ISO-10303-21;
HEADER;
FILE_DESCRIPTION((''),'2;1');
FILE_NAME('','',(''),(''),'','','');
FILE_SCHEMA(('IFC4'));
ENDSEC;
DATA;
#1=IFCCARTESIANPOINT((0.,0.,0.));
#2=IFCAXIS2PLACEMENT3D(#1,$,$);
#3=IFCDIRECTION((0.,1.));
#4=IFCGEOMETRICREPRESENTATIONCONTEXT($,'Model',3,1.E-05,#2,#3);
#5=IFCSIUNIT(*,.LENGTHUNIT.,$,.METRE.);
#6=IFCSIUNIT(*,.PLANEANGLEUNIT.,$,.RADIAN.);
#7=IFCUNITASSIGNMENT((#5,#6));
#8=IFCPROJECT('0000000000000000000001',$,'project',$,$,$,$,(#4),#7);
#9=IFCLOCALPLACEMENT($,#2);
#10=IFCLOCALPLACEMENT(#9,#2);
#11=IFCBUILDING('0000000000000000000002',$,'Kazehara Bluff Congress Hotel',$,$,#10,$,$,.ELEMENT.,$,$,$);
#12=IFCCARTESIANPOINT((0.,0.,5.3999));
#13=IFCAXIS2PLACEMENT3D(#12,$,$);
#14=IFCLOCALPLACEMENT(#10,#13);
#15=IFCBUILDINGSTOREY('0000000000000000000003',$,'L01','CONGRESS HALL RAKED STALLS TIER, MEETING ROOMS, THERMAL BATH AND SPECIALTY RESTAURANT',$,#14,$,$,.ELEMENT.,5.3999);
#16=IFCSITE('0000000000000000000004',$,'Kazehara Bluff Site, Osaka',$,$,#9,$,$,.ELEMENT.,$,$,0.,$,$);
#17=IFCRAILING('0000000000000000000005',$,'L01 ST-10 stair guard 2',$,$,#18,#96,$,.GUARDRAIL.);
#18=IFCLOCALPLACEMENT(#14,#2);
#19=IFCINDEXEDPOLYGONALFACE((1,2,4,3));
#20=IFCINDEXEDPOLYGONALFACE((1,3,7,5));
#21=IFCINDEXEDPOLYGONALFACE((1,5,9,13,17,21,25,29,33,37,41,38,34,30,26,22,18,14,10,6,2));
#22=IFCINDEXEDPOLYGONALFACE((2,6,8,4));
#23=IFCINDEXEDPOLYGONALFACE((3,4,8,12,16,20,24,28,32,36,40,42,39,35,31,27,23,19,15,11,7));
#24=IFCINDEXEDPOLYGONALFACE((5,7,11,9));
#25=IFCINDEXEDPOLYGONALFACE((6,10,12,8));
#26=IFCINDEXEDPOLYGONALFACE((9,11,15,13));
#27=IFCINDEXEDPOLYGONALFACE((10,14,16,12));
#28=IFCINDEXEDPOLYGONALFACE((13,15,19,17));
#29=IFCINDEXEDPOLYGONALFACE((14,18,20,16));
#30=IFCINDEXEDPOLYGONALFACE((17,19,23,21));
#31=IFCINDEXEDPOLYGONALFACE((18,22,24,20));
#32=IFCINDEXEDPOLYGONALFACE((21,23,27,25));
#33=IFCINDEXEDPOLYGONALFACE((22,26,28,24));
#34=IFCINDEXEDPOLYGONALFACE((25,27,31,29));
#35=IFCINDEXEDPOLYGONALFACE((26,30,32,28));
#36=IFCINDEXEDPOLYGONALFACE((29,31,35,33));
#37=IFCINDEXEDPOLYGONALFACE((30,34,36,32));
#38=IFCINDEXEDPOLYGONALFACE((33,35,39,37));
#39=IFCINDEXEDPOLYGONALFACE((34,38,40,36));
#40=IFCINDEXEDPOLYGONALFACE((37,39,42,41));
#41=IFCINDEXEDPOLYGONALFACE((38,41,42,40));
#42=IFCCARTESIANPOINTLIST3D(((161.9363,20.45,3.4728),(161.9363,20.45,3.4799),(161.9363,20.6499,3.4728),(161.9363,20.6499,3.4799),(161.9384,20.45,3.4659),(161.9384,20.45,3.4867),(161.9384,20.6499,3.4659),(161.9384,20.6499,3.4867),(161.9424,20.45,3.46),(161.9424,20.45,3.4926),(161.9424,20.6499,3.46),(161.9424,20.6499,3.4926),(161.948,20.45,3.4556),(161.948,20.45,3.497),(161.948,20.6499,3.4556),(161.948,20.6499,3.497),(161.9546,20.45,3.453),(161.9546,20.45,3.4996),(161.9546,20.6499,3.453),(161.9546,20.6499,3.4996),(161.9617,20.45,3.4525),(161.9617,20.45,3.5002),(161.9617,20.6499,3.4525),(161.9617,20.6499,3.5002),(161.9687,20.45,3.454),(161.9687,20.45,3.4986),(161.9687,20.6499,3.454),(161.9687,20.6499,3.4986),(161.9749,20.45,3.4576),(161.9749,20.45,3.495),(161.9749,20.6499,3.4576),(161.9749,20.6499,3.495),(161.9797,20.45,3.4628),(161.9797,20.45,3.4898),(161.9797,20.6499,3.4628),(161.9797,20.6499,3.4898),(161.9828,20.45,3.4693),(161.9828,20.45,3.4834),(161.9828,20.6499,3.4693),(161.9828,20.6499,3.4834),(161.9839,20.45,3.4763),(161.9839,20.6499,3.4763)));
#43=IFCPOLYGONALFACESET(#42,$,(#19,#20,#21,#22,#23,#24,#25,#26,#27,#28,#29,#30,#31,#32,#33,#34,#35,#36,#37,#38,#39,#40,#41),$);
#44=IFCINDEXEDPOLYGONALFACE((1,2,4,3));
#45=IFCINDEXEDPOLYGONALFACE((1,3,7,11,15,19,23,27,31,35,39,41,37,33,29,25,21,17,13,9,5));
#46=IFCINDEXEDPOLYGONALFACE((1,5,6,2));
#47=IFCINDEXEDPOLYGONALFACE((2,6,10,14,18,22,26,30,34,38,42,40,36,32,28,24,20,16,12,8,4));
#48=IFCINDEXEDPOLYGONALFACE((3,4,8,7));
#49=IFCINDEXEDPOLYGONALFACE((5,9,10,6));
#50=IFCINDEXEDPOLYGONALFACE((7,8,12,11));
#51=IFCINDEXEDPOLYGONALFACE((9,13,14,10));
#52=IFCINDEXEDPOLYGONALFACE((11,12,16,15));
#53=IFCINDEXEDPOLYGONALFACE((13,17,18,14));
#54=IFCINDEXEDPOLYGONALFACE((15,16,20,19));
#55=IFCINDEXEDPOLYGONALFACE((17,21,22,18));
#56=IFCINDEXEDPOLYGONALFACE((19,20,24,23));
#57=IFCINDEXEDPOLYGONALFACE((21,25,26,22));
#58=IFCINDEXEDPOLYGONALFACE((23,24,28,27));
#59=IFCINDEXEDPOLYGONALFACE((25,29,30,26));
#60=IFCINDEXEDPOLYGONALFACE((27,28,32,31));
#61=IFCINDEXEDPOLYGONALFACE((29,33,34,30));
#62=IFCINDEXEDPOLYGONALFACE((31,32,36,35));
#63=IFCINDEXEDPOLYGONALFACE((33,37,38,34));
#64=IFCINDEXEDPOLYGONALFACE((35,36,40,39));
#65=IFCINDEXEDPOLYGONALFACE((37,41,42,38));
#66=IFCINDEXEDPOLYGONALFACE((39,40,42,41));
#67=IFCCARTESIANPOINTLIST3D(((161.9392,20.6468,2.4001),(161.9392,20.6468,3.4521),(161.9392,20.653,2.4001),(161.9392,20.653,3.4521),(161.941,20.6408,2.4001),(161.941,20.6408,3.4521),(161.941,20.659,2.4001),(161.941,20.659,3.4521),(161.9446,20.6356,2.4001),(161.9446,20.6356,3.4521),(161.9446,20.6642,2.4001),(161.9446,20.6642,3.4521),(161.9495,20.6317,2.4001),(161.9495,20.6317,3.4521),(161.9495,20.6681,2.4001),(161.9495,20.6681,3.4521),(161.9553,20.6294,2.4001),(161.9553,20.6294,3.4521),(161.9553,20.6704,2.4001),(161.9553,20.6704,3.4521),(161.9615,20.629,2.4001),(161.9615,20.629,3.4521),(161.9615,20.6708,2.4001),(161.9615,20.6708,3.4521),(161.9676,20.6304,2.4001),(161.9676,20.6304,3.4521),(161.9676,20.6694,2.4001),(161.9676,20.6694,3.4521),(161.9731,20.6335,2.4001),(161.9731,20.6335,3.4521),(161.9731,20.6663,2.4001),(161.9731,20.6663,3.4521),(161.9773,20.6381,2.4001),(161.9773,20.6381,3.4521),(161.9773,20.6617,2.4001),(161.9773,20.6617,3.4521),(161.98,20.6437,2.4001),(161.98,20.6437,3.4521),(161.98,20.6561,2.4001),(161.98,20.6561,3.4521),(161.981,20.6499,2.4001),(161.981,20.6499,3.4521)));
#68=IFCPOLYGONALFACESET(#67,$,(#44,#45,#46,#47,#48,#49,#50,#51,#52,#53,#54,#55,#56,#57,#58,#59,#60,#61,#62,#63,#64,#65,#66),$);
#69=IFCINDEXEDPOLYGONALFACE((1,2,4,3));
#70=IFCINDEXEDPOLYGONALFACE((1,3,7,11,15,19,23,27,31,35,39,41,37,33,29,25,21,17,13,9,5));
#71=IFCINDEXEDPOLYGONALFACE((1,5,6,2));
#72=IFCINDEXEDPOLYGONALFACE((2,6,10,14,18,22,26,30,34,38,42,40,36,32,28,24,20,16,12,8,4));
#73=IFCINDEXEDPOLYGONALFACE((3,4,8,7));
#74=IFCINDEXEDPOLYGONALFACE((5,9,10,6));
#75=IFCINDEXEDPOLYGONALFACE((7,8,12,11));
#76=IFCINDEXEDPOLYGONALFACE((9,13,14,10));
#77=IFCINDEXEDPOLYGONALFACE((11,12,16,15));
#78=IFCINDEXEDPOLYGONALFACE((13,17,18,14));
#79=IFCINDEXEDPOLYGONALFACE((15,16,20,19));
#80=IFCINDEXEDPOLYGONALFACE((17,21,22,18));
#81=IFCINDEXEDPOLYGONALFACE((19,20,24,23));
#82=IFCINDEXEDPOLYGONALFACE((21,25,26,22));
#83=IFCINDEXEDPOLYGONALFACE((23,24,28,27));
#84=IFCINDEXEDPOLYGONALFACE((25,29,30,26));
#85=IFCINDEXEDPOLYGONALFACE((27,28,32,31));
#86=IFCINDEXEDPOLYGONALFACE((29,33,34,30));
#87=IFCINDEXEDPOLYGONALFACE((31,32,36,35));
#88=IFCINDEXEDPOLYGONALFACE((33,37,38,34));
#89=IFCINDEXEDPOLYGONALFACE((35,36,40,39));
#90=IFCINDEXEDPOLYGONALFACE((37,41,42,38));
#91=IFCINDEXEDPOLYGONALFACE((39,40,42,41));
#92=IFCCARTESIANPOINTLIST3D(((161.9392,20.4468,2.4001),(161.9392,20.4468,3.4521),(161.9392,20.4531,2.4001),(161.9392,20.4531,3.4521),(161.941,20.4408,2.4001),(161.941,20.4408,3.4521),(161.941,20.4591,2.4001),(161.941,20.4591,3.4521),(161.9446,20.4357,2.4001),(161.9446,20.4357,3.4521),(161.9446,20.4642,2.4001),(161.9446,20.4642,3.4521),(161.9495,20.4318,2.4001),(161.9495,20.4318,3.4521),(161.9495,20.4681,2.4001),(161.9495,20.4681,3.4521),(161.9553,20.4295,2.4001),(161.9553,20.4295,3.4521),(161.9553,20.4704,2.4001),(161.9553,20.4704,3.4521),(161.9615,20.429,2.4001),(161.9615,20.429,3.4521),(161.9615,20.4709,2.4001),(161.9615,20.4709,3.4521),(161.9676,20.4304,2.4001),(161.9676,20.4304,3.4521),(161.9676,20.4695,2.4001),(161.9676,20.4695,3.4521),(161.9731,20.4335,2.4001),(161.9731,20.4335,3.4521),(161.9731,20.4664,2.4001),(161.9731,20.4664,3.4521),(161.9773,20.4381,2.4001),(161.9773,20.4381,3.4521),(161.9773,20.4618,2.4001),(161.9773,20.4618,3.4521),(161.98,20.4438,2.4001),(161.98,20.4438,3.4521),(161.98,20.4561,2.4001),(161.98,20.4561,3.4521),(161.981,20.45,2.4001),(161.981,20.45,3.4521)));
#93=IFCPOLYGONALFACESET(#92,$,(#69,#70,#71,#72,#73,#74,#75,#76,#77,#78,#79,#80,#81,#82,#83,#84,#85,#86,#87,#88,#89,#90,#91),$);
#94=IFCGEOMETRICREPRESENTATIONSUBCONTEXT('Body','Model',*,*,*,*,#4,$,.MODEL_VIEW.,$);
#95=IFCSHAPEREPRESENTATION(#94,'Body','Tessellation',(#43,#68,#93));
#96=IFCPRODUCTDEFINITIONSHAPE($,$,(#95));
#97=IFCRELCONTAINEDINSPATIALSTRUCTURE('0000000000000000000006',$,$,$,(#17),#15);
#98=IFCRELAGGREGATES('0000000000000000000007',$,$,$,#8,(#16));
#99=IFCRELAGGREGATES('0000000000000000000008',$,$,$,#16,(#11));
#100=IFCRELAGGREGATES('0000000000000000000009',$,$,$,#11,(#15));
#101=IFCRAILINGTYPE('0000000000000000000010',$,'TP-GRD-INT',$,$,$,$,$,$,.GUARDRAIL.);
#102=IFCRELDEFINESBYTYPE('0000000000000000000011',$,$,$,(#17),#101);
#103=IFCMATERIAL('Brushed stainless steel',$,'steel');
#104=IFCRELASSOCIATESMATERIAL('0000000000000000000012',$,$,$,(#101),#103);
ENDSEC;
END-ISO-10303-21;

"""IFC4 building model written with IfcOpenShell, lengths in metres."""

from ifc_helpers import new_model, si_unit, direction, frame, origin, origin_2d, place, context, subcontext, project, spatial, circle, extrude, material, type_object, element, save


model = new_model("IFC4")

# Units and contexts
model_context = context("Model", 3, precision=1e-05, world=origin(), true_north=direction((0.0, 1.0)))
body_context = subcontext(model_context, "Body", "Model", "MODEL_VIEW")
ifc_project = project(units=[si_unit("LENGTHUNIT", "METRE"), si_unit("PLANEANGLEUNIT", "RADIAN")], contexts=[model_context])

# Site, building, storey
site_placement = place(None, origin())
site = spatial("IfcSite", under=ifc_project, at=site_placement, Name="Kazehara Bluff Site, Osaka", CompositionType="ELEMENT", RefElevation=0.0)
building_placement = place(site_placement, origin())
building = spatial("IfcBuilding", under=site, at=building_placement, Name="Kazehara Bluff Congress Hotel", CompositionType="ELEMENT")
storey_placement = place(building_placement, frame((0.0, 0.0, 5.3999)))
storey = spatial("IfcBuildingStorey", under=building, at=storey_placement, Name="L01", Description="CONGRESS HALL RAKED STALLS TIER, MEETING ROOMS, THERMAL BATH AND SPECIALTY RESTAURANT", CompositionType="ELEMENT", Elevation=5.3999)

# Railing
ifc_material_1 = material(Name="Brushed stainless steel", Category="steel")
railing_type_1 = type_object("IfcRailingType", Name="TP-GRD-INT", PredefinedType="GUARDRAIL", material=ifc_material_1)
railing_1_placement = place(storey_placement, frame((161.96, 20.6499, 2.4001)))
element("IfcRailing", 1, at=railing_1_placement, inside=storey, type_object=railing_type_1, Name="L01 ST-10 stair guard 2", PredefinedType="GUARDRAIL", context=body_context, shape_type="SweptSolid", body=[
    extrude(circle(Radius=0.0239, at=origin_2d()), frame((0.0, 0.0, 1.0762), z_axis=(0.0, -1.0, 0.0), x_axis=(1.0, 0.0, 0.0)), (0.0, 0.0, 1.0), 0.2),
    extrude(circle(Radius=0.021, at=origin_2d()), origin(), (0.0, 0.0, 1.0), 1.052),
    extrude(circle(Radius=0.021, at=origin_2d()), frame((0.0, -0.2, 0.0)), (0.0, 0.0, 1.0), 1.052),
])

save(model, "model.ifc")
